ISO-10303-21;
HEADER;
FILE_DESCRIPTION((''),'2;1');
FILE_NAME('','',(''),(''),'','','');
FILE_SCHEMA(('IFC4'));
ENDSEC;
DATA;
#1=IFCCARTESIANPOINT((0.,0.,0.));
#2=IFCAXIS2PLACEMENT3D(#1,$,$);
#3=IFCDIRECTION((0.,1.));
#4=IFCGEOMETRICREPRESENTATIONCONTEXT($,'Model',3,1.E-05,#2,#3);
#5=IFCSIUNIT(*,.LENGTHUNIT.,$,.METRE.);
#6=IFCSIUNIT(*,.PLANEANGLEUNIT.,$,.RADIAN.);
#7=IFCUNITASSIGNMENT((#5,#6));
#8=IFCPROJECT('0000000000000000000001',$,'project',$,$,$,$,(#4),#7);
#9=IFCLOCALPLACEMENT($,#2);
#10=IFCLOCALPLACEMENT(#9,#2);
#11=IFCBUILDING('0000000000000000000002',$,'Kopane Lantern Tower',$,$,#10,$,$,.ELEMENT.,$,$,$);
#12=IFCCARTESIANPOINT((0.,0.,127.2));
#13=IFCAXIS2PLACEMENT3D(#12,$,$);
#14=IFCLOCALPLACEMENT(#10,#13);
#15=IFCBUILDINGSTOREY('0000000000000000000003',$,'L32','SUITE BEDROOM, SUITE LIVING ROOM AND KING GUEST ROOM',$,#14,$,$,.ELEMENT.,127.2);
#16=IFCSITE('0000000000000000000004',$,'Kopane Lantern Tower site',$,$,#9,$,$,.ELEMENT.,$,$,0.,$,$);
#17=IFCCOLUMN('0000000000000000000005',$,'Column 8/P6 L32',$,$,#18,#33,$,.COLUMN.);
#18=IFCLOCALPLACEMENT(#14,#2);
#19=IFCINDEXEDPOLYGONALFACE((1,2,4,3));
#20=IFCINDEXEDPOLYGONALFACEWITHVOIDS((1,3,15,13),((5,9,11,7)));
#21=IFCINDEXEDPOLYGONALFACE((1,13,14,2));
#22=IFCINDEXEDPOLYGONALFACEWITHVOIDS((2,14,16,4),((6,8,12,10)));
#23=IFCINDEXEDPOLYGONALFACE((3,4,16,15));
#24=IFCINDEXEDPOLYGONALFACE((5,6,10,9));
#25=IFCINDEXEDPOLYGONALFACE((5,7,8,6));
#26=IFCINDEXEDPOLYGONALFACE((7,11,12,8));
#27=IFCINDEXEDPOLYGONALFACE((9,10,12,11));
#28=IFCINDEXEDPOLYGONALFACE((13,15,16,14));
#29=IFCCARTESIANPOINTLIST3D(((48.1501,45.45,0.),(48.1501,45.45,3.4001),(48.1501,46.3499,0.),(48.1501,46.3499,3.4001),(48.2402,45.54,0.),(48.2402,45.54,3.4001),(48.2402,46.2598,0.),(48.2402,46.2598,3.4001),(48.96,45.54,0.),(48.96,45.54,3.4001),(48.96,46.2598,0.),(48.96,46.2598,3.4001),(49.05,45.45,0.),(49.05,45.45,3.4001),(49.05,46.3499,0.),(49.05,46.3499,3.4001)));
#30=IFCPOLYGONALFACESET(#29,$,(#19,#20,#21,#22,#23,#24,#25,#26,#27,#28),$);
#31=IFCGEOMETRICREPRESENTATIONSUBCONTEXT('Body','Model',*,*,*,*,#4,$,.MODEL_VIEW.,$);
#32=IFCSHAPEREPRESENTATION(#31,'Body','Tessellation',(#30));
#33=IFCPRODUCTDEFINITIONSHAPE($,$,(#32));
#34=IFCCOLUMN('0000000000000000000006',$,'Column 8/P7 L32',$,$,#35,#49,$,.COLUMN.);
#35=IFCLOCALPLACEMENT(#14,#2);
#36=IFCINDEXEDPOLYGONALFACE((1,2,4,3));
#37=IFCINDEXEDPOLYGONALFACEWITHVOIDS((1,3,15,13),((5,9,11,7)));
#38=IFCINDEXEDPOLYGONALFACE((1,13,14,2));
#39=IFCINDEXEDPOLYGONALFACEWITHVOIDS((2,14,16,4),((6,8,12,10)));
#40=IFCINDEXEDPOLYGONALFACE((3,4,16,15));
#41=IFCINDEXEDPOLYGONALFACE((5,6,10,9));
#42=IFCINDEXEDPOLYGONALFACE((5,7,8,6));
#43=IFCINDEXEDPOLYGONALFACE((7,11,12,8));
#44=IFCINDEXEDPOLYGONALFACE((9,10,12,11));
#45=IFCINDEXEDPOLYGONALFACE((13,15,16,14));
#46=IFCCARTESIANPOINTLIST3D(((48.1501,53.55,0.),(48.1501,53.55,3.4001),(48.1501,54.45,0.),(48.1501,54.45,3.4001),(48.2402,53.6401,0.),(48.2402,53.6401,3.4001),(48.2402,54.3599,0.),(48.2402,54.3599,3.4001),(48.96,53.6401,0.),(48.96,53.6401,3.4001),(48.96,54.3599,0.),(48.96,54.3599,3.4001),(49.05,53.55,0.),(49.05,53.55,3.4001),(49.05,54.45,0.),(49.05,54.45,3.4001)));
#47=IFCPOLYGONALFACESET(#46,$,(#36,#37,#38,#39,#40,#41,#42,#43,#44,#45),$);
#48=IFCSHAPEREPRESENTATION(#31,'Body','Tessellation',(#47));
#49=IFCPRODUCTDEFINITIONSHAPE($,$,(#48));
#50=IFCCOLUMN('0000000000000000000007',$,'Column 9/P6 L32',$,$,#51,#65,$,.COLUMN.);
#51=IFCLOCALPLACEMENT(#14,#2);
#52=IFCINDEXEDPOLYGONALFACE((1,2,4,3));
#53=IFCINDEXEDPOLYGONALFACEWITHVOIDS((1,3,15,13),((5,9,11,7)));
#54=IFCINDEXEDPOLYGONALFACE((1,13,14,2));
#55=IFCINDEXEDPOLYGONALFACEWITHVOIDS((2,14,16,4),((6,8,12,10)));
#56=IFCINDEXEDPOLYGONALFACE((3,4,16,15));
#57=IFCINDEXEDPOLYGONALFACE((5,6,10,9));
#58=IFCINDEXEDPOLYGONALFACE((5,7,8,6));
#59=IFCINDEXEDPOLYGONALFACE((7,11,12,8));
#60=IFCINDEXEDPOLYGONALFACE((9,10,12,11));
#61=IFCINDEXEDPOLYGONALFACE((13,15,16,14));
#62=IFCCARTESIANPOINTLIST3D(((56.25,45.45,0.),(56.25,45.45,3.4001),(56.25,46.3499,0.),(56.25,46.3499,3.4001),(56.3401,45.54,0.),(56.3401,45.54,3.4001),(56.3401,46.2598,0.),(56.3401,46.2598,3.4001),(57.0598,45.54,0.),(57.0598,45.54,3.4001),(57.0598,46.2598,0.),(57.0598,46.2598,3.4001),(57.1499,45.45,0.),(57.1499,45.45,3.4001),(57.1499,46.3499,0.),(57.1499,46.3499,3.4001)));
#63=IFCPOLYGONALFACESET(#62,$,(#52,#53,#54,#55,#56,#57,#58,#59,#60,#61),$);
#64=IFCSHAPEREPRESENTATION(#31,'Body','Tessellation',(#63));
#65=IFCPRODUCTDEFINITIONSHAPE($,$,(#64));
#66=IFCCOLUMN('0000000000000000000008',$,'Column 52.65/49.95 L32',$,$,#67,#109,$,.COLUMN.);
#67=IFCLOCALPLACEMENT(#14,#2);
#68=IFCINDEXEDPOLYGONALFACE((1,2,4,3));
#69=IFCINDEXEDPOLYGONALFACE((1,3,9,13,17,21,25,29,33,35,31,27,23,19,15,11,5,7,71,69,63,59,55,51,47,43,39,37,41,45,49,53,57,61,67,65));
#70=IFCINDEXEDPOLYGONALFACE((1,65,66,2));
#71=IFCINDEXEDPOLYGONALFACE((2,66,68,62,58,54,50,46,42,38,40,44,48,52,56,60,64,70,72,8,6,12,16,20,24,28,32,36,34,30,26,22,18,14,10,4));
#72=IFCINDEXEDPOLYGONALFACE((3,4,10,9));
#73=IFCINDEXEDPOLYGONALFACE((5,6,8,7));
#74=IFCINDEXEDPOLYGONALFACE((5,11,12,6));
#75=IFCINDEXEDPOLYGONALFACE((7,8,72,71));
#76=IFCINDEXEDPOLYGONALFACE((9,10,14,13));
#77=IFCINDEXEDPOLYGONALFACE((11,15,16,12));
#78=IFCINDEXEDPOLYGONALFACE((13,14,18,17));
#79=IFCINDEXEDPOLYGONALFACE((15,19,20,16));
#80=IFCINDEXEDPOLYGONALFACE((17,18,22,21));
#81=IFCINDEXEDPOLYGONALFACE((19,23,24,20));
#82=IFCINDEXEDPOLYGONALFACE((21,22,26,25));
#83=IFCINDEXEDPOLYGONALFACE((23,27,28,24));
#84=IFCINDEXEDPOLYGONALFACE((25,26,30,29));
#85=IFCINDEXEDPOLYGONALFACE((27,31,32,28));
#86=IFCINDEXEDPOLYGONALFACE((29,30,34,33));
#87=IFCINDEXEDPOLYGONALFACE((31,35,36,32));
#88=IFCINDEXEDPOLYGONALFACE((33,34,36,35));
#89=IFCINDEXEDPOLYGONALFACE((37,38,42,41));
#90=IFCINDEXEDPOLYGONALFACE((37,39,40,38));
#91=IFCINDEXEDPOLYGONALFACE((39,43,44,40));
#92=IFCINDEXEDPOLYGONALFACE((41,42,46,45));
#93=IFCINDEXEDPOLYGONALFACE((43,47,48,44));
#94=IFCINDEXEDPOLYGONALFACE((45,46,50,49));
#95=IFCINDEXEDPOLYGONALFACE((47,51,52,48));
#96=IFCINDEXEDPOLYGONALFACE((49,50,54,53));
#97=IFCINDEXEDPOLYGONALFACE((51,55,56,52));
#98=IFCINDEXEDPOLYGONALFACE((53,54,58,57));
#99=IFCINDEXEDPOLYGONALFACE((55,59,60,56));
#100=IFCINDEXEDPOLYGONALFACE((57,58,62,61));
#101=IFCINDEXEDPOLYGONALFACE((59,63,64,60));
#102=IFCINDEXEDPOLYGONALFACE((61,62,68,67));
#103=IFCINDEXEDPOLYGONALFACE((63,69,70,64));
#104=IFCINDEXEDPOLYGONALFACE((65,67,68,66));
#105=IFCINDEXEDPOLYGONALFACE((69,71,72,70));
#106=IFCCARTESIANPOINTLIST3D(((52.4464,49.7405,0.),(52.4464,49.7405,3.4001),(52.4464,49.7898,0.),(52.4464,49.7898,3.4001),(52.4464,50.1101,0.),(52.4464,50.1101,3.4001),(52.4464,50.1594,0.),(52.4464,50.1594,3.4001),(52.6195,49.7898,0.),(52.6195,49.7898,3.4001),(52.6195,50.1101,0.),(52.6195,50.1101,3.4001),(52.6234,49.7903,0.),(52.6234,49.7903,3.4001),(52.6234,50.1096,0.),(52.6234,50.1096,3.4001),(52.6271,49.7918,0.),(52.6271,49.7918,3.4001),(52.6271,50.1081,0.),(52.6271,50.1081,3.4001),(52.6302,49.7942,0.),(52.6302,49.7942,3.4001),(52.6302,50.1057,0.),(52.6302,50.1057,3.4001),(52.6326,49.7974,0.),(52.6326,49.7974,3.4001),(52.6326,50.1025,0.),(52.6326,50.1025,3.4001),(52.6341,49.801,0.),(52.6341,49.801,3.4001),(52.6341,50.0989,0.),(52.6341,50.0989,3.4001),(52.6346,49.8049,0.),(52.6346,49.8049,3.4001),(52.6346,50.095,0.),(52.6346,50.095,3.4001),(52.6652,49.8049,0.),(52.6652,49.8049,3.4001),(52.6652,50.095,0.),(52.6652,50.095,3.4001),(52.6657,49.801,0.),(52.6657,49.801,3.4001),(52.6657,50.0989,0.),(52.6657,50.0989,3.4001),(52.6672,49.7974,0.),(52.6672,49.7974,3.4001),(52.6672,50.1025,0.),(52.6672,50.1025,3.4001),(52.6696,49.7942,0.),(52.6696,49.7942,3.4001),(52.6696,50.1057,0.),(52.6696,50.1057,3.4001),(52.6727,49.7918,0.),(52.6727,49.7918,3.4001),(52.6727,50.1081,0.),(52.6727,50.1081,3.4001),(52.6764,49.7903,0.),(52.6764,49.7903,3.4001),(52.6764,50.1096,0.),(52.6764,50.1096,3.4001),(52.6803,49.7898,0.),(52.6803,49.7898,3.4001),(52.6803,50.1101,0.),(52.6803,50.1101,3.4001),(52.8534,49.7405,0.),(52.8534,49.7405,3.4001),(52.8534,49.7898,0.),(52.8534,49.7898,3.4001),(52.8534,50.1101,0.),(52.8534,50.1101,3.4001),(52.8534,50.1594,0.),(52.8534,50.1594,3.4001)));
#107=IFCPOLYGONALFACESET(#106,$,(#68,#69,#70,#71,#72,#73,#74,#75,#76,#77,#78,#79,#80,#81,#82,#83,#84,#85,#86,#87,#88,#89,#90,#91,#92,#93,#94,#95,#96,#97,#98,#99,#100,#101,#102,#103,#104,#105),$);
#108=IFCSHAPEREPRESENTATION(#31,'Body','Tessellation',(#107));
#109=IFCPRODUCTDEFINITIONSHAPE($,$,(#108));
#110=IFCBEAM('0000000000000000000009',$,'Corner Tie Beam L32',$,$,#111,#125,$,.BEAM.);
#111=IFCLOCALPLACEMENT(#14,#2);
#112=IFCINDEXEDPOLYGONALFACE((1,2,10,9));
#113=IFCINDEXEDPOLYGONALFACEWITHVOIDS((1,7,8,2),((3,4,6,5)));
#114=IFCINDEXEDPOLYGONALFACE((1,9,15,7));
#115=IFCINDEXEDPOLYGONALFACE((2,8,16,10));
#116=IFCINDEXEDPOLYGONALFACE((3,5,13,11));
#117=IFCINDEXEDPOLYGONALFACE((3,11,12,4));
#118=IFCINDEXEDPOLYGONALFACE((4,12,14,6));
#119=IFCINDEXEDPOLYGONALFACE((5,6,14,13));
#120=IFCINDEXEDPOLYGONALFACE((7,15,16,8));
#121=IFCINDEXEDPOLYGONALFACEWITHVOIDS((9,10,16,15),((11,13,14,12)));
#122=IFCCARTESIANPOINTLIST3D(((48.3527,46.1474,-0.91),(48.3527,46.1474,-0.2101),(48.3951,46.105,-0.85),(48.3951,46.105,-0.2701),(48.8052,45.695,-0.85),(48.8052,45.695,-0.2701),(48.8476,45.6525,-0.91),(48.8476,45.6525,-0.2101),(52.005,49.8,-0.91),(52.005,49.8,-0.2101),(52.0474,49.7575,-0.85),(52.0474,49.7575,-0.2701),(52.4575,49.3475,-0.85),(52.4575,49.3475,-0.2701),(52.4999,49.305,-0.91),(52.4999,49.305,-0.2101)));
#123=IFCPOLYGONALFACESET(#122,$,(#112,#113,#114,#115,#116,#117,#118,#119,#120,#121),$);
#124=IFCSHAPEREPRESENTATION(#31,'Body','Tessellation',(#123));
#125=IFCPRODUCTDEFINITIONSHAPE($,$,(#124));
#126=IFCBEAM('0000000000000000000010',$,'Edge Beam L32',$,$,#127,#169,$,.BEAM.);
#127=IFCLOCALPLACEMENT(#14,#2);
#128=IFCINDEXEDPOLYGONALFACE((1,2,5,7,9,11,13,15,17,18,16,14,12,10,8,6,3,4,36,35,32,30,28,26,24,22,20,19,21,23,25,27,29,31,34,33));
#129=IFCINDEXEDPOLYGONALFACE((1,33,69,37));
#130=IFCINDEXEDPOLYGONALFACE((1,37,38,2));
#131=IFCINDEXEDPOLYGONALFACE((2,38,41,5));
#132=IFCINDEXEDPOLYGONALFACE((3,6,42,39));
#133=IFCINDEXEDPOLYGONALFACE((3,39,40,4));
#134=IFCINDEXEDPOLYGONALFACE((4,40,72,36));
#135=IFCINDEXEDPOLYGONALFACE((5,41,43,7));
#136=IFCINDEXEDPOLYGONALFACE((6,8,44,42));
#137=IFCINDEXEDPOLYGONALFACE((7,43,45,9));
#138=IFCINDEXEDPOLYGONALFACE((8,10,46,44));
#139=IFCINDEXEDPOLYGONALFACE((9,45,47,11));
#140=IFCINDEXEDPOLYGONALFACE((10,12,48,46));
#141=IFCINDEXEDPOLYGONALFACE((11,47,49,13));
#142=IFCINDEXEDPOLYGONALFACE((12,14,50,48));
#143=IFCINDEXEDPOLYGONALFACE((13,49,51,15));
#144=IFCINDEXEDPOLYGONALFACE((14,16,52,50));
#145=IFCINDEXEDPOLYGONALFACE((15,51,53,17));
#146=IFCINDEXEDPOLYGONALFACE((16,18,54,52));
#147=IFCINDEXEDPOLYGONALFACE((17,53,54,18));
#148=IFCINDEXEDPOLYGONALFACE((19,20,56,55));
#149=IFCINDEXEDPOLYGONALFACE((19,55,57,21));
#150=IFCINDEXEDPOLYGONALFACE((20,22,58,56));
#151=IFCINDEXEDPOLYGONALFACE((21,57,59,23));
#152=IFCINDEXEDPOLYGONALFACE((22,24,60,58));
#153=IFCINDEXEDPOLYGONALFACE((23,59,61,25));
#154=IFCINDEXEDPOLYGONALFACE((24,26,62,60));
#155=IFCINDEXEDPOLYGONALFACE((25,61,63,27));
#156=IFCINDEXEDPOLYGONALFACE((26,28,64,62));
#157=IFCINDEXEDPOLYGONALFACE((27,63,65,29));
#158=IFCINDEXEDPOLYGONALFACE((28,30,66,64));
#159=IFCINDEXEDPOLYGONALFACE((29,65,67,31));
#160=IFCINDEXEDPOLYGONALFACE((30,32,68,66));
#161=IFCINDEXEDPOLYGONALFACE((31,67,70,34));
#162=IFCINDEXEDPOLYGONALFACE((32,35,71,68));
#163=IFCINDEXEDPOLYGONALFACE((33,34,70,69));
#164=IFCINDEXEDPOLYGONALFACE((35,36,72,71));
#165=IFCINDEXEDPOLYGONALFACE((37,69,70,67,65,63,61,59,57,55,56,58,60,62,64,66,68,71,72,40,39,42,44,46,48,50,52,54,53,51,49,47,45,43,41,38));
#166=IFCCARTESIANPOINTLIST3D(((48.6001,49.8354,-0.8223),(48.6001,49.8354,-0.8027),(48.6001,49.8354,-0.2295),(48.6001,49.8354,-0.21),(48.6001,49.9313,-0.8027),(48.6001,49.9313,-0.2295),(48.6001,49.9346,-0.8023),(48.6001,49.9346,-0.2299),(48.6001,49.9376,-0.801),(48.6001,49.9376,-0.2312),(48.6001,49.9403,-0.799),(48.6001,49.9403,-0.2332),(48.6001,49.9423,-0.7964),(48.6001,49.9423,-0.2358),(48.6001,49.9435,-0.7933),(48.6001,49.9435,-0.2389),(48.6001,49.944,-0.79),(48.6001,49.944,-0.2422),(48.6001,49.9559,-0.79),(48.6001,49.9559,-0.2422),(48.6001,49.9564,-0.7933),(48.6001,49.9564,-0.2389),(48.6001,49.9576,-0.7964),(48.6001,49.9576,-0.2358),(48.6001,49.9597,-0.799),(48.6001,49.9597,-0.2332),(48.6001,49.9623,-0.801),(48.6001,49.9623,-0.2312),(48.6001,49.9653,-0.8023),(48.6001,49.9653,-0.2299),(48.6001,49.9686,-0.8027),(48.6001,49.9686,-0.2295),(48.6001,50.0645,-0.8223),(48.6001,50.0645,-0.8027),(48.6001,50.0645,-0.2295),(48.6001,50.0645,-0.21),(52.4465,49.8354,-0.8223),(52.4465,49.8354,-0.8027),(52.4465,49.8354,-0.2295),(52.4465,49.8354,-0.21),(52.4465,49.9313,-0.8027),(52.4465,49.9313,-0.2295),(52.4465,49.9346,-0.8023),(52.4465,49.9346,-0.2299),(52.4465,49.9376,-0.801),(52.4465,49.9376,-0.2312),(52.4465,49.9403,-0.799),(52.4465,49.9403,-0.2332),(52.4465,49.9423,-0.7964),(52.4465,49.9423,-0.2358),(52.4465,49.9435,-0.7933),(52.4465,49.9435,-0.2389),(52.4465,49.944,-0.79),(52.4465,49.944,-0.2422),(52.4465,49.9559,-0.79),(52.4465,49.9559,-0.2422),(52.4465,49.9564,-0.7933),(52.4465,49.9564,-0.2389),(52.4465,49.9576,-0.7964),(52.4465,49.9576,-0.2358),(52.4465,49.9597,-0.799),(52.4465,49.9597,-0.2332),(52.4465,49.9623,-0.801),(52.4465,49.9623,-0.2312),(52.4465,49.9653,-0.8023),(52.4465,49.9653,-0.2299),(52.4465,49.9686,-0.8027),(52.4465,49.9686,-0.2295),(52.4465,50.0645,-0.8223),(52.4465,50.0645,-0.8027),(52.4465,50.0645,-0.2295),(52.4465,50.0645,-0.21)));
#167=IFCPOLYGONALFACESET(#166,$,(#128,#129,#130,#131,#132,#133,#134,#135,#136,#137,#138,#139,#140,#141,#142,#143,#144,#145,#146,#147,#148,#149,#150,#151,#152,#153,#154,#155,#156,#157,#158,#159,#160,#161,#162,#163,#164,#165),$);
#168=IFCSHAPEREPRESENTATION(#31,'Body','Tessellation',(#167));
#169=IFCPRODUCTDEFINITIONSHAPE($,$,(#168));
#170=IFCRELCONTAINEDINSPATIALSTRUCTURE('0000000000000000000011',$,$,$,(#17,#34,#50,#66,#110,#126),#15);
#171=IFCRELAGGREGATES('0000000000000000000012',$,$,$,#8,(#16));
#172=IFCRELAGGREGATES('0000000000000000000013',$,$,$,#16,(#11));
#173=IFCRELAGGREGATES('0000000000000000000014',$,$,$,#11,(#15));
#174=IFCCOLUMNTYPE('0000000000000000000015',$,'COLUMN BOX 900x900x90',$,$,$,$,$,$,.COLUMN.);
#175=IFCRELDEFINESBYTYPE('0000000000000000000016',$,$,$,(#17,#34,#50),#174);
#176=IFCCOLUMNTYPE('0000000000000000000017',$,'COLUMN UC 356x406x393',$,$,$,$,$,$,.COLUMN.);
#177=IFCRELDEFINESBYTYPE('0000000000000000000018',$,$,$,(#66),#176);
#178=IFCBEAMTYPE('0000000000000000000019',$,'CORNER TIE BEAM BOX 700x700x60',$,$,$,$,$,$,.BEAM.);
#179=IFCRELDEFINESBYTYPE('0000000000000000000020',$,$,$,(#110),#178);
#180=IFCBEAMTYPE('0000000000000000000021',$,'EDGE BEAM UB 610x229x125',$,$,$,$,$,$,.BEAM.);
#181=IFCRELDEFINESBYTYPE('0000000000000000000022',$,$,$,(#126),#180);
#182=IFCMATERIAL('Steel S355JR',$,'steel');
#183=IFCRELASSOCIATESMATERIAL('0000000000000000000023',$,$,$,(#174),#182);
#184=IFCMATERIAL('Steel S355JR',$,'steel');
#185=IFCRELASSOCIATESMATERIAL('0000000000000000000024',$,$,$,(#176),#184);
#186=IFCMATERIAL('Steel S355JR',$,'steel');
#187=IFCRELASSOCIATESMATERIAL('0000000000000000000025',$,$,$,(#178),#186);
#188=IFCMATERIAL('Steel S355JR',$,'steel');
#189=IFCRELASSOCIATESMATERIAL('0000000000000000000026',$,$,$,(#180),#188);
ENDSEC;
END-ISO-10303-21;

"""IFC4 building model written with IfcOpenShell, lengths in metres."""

from ifc_helpers import new_model, si_unit, direction, frame, origin, origin_2d, place, context, subcontext, project, spatial, hollow_rectangle, i_section, extrude, material, material_profile, profile_set, type_object, element, save


model = new_model("IFC4")

# Units and contexts
model_context = context("Model", 3, precision=1e-05, world=origin(), true_north=direction((0.0, 1.0)))
body_context = subcontext(model_context, "Body", "Model", "MODEL_VIEW")
ifc_project = project(units=[si_unit("LENGTHUNIT", "METRE"), si_unit("PLANEANGLEUNIT", "RADIAN")], contexts=[model_context])

# Site, building, storey
site_placement = place(None, origin())
site = spatial("IfcSite", under=ifc_project, at=site_placement, Name="Kopane Lantern Tower site", CompositionType="ELEMENT", RefElevation=0.0)
building_placement = place(site_placement, origin())
building = spatial("IfcBuilding", under=site, at=building_placement, Name="Kopane Lantern Tower", CompositionType="ELEMENT")
storey_placement = place(building_placement, frame((0.0, 0.0, 127.2)))
storey = spatial("IfcBuildingStorey", under=building, at=storey_placement, Name="L32", Description="SUITE BEDROOM, SUITE LIVING ROOM AND KING GUEST ROOM", CompositionType="ELEMENT", Elevation=127.2)

# Columns
ifc_material_1 = material(Name="Steel S355JR", Category="steel")
ifc_material_profile_1 = material_profile(ifc_material_1, hollow_rectangle(XDim=0.8999, YDim=0.8999, WallThickness=0.0901, at=origin_2d()), Name="BOX 900x900x90")
ifc_profile_set_1 = profile_set([ifc_material_profile_1], Name="Steel S355JR")
column_type_1 = type_object("IfcColumnType", Name="COLUMN BOX 900x900x90", PredefinedType="COLUMN", material=ifc_profile_set_1)
for number, where, z_axis, x_axis, name in (
    (1, (48.6001, 45.8999, 0.0), (0.0, 0.0, 1.0), (1.0, 0.0, 0.0), "Column 8/P6 L32"),
    (2, (48.6001, 54.0, 0.0), (0.0, 0.0, 1.0), (1.0, 0.0, 0.0), "Column 8/P7 L32"),
    (3, (56.7, 45.8999, 0.0), (0.0, 0.0, 1.0), (1.0, 0.0, 0.0), "Column 9/P6 L32"),
):
    element("IfcColumn", number, at=place(storey_placement, frame(where, z_axis=z_axis, x_axis=x_axis)), inside=storey, type_object=column_type_1, Name=name, PredefinedType="COLUMN", context=body_context, shape_type="SweptSolid", body=[
        extrude(hollow_rectangle(XDim=0.8999, YDim=0.8999, WallThickness=0.0901, at=origin_2d()), origin(), (0.0, 0.0, 1.0), 3.4001),
    ])
ifc_material_2 = material(Name="Steel S355JR", Category="steel")
ifc_material_profile_2 = material_profile(ifc_material_2, i_section(OverallWidth=0.407, OverallDepth=0.4189, WebThickness=0.0305, FlangeThickness=0.0493, FilletRadius=0.0151, at=origin_2d()), Name="UC 356x406x393")
ifc_profile_set_2 = profile_set([ifc_material_profile_2], Name="Steel S355JR")
column_type_2 = type_object("IfcColumnType", Name="COLUMN UC 356x406x393", PredefinedType="COLUMN", material=ifc_profile_set_2)
column_placement = place(storey_placement, frame((52.6499, 49.95, 0.0), z_axis=(0.0, 0.0, 1.0), x_axis=(1.0, 0.0, 0.0)))
element("IfcColumn", 4, at=column_placement, inside=storey, type_object=column_type_2, Name="Column 52.65/49.95 L32", PredefinedType="COLUMN", context=body_context, shape_type="SweptSolid", body=[
    extrude(i_section(OverallWidth=0.407, OverallDepth=0.4189, WebThickness=0.0305, FlangeThickness=0.0493, FilletRadius=0.0151, at=origin_2d()), origin(), (0.0, 0.0, 1.0), 3.4001),
])

# Beams
ifc_material_3 = material(Name="Steel S355JR", Category="steel")
ifc_material_profile_3 = material_profile(ifc_material_3, hollow_rectangle(XDim=0.7, YDim=0.7, WallThickness=0.0601, at=origin_2d()), Name="BOX 700x700x60")
ifc_profile_set_3 = profile_set([ifc_material_profile_3], Name="Steel S355JR")
beam_type_1 = type_object("IfcBeamType", Name="CORNER TIE BEAM BOX 700x700x60", PredefinedType="BEAM", material=ifc_profile_set_3)
beam_1_placement = place(storey_placement, frame((52.2524, 49.5525, -0.5601), z_axis=(-0.707083, -0.70713, 0.0), x_axis=(0.70713, -0.707083, 0.0)))
element("IfcBeam", 5, at=beam_1_placement, inside=storey, type_object=beam_type_1, Name="Corner Tie Beam L32", PredefinedType="BEAM", context=body_context, shape_type="SweptSolid", body=[
    extrude(hollow_rectangle(XDim=0.7, YDim=0.7, WallThickness=0.0601, at=origin_2d()), origin(), (0.0, 0.0, 1.0), 5.1653),
])
ifc_material_4 = material(Name="Steel S355JR", Category="steel")
ifc_material_profile_4 = material_profile(ifc_material_4, i_section(OverallWidth=0.229, OverallDepth=0.6123, WebThickness=0.012, FlangeThickness=0.0195, FilletRadius=0.0127, at=origin_2d()), Name="UB 610x229x125")
ifc_profile_set_4 = profile_set([ifc_material_profile_4], Name="Steel S355JR")
beam_type_2 = type_object("IfcBeamType", Name="EDGE BEAM UB 610x229x125", PredefinedType="BEAM", material=ifc_profile_set_4)
beam_2_placement = place(storey_placement, frame((52.4465, 49.95, -0.5161), z_axis=(-1.0, 0.0, 0.0), x_axis=(0.0, -1.0, 0.0)))
element("IfcBeam", 6, at=beam_2_placement, inside=storey, type_object=beam_type_2, Name="Edge Beam L32", PredefinedType="BEAM", context=body_context, shape_type="SweptSolid", body=[
    extrude(i_section(OverallWidth=0.229, OverallDepth=0.6123, WebThickness=0.012, FlangeThickness=0.0195, FilletRadius=0.0127, at=origin_2d()), origin(), (0.0, 0.0, 1.0), 3.8464),
])

save(model, "model.ifc")
